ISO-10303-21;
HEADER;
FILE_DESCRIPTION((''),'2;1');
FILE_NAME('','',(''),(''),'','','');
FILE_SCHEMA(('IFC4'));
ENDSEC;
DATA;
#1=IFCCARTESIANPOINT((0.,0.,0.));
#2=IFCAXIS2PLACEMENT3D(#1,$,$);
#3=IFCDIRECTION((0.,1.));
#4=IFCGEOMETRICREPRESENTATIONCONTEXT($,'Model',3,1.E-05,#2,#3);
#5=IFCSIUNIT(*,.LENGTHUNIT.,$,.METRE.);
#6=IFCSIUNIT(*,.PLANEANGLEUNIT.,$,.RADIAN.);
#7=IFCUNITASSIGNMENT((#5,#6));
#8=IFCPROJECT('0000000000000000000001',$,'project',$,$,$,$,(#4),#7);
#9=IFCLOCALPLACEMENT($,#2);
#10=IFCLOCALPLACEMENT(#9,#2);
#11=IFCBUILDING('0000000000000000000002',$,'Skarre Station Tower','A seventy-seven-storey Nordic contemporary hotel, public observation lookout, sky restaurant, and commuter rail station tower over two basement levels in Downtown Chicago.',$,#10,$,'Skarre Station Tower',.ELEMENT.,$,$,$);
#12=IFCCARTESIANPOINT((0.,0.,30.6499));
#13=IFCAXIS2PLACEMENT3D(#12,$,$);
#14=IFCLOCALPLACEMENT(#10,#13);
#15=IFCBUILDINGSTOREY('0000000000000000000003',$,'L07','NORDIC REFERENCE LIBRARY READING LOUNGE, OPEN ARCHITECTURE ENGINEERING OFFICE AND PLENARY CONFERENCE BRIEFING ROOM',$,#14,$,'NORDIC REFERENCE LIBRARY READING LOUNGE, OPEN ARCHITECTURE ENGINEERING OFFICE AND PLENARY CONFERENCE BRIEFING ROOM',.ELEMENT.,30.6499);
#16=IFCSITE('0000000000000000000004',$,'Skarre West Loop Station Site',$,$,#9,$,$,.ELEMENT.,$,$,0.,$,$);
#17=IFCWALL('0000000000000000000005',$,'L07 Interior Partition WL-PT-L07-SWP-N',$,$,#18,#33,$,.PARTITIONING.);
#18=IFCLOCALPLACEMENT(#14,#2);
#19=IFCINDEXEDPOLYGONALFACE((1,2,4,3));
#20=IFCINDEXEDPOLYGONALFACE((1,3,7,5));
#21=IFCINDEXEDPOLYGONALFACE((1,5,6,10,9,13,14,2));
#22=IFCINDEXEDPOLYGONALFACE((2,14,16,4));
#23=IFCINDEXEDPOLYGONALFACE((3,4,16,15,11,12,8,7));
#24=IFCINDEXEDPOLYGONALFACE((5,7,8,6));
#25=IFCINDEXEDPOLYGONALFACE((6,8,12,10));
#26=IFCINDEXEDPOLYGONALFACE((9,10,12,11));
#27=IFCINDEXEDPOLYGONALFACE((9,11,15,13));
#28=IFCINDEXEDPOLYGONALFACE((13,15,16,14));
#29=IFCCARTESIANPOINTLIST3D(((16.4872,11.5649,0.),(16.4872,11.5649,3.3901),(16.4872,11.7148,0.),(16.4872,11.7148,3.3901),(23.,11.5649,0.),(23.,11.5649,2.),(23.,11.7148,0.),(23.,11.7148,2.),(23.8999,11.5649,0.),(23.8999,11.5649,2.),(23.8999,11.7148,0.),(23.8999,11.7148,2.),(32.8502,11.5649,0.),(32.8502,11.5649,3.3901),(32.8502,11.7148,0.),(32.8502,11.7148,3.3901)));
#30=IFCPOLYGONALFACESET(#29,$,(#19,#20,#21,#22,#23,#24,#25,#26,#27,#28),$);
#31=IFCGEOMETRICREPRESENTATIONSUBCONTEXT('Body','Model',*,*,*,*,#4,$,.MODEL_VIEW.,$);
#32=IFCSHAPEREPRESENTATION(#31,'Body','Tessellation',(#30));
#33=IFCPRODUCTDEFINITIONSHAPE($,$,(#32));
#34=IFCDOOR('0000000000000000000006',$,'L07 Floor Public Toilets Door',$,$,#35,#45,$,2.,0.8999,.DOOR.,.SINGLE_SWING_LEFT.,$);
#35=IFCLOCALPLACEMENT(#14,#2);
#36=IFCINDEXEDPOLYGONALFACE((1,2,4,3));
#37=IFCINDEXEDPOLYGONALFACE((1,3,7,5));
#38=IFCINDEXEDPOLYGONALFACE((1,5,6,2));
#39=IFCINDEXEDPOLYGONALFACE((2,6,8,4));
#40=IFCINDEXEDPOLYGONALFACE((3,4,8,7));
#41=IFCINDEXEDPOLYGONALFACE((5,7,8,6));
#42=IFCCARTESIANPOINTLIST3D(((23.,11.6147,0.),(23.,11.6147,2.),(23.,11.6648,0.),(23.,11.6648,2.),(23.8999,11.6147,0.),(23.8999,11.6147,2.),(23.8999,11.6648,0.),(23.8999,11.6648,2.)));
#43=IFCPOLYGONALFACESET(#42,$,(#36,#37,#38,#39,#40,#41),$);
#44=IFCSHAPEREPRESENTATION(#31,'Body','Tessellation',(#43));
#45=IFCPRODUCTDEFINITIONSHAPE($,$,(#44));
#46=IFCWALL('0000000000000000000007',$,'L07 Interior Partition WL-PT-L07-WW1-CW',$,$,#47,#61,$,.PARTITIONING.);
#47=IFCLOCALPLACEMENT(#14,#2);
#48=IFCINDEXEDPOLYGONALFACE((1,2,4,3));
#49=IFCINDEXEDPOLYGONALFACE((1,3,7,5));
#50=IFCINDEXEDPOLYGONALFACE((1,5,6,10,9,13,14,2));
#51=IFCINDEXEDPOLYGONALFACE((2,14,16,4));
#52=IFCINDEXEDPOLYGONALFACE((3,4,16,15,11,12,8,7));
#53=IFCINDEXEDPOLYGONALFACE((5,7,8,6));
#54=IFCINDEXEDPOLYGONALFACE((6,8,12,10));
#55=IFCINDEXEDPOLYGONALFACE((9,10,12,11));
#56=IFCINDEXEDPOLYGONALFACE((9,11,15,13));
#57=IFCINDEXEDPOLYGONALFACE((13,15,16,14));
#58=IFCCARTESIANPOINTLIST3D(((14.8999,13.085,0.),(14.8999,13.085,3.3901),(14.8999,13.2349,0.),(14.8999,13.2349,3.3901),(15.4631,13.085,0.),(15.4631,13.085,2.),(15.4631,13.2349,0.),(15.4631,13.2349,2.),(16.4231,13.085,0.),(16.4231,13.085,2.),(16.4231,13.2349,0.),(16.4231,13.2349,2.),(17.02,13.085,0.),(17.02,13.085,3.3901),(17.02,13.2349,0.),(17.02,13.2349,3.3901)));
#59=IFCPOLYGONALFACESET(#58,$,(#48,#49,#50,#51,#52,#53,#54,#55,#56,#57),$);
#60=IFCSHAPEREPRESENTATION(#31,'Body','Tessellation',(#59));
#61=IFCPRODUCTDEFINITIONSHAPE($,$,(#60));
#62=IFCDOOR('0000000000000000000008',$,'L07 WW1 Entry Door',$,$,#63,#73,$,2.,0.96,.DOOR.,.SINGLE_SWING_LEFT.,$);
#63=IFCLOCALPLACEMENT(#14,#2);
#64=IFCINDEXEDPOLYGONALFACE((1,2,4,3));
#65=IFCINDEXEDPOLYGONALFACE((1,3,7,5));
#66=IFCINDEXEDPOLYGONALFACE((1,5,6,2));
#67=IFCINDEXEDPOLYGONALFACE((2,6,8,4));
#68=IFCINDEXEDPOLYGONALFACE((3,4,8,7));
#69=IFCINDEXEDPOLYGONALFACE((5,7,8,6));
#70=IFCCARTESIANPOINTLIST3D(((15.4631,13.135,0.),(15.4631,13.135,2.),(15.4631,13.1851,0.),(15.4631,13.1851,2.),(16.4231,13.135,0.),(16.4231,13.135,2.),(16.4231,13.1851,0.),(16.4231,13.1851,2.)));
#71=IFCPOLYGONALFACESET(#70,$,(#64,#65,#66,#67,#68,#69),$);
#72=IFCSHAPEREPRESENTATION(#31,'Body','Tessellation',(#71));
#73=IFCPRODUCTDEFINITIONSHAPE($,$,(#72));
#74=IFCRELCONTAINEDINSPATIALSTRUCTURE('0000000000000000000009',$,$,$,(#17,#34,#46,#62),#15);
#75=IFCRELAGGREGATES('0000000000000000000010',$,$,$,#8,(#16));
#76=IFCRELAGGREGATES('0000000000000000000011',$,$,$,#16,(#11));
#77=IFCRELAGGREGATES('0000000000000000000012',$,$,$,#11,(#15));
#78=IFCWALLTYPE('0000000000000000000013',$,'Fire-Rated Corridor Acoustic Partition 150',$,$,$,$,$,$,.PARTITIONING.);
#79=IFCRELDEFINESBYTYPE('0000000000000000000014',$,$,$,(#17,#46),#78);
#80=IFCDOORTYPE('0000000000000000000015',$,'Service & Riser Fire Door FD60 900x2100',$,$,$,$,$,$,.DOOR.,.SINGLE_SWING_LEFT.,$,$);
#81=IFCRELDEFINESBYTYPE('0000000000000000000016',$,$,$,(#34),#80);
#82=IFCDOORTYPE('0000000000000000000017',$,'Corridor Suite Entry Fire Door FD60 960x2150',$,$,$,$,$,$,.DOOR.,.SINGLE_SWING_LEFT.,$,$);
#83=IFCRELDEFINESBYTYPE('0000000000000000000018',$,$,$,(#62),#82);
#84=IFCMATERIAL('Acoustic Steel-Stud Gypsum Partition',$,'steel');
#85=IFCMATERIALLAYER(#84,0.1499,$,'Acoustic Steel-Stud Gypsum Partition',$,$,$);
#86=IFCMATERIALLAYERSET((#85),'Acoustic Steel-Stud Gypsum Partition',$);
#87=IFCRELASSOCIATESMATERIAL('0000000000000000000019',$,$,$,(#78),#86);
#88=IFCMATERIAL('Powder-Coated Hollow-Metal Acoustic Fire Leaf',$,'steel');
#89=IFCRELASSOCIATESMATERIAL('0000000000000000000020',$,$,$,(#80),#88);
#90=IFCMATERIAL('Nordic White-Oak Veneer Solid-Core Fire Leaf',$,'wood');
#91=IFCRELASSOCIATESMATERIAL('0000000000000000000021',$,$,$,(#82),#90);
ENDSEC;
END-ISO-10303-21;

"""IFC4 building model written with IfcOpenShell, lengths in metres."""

from ifc_helpers import new_model, si_unit, direction, frame, frame_2d, origin, place, context, subcontext, project, spatial, rectangle, extrude, material, layer, layer_set, type_object, element, fill, save


model = new_model("IFC4")

# Units and contexts
model_context = context("Model", 3, precision=1e-05, world=origin(), true_north=direction((0.0, 1.0)))
body_context = subcontext(model_context, "Body", "Model", "MODEL_VIEW")
ifc_project = project(units=[si_unit("LENGTHUNIT", "METRE"), si_unit("PLANEANGLEUNIT", "RADIAN")], contexts=[model_context])

# Site, building, storey
site_placement = place(None, origin())
site = spatial("IfcSite", under=ifc_project, at=site_placement, Name="Skarre West Loop Station Site", CompositionType="ELEMENT", RefElevation=0.0)
building_placement = place(site_placement, origin())
building = spatial("IfcBuilding", under=site, at=building_placement, Name="Skarre Station Tower", Description="A seventy-seven-storey Nordic contemporary hotel, public observation lookout, sky restaurant, and commuter rail station tower over two basement levels in Downtown Chicago.", LongName="Skarre Station Tower", CompositionType="ELEMENT")
storey_placement = place(building_placement, frame((0.0, 0.0, 30.6499)))
storey = spatial("IfcBuildingStorey", under=building, at=storey_placement, Name="L07", Description="NORDIC REFERENCE LIBRARY READING LOUNGE, OPEN ARCHITECTURE ENGINEERING OFFICE AND PLENARY CONFERENCE BRIEFING ROOM", LongName="NORDIC REFERENCE LIBRARY READING LOUNGE, OPEN ARCHITECTURE ENGINEERING OFFICE AND PLENARY CONFERENCE BRIEFING ROOM", CompositionType="ELEMENT", Elevation=30.6499)

# Shared definitions
ifc_material_1 = material(Name="Acoustic Steel-Stud Gypsum Partition", Category="steel")
ifc_layer_1 = layer(ifc_material_1, 0.1499, Name="Acoustic Steel-Stud Gypsum Partition")
ifc_layer_set_1 = layer_set([ifc_layer_1], Name="Acoustic Steel-Stud Gypsum Partition")
wall_type_1 = type_object("IfcWallType", Name="Fire-Rated Corridor Acoustic Partition 150", PredefinedType="PARTITIONING", material=ifc_layer_set_1)

# Walls, openings, doors
wall_1_placement = place(storey_placement, frame((16.4871, 11.6399, 0.0), z_axis=(0.0, 0.0, 1.0), x_axis=(1.0, 0.0, 0.0)))
wall_1 = element("IfcWall", 1, at=wall_1_placement, inside=storey, type_object=wall_type_1, Name="L07 Interior Partition WL-PT-L07-SWP-N", PredefinedType="PARTITIONING", context=body_context, shape_type="SweptSolid", body=[
    extrude(rectangle(XDim=16.363, YDim=0.1499, at=frame_2d((8.1816, 0.0))), origin(), (0.0, 0.0, 1.0), 3.3901),
])
opening_1_placement = place(wall_1_placement, frame((6.5129, 0.0, 0.0)))
opening_1 = element("IfcOpeningElement", 2, at=opening_1_placement, cuts=wall_1, PredefinedType="OPENING", context=body_context, shape_type="SweptSolid", body=[
    extrude(rectangle(XDim=0.8999, YDim=2.0, at=frame_2d((0.45, 1.0))), frame((0.0, 0.085, 0.0), z_axis=(0.0, -1.0, 0.0), x_axis=(1.0, 0.0, 0.0)), (0.0, 0.0, 1.0), 0.1699),
])
ifc_material_2 = material(Name="Powder-Coated Hollow-Metal Acoustic Fire Leaf", Category="steel")
door_type_1 = type_object("IfcDoorType", Name="Service & Riser Fire Door FD60 900x2100", OperationType="SINGLE_SWING_LEFT", PredefinedType="DOOR", material=ifc_material_2)
door_1_placement = place(opening_1_placement, origin())
door_1 = element("IfcDoor", 3, at=door_1_placement, inside=storey, type_object=door_type_1, Name="L07 Floor Public Toilets Door", OperationType="SINGLE_SWING_LEFT", OverallHeight=2.0, OverallWidth=0.8999, PredefinedType="DOOR", context=body_context, shape_type="SweptSolid", body=[
    extrude(rectangle(XDim=0.8999, YDim=2.0, at=frame_2d((0.45, 1.0))), frame((0.0, 0.0249, 0.0), z_axis=(0.0, -1.0, 0.0), x_axis=(1.0, 0.0, 0.0)), (0.0, 0.0, 1.0), 0.05),
])
fill(opening_1, door_1)
wall_2_placement = place(storey_placement, frame((17.02, 13.1599, 0.0), z_axis=(0.0, 0.0, 1.0), x_axis=(-1.0, 0.0, 0.0)))
wall_2 = element("IfcWall", 4, at=wall_2_placement, inside=storey, type_object=wall_type_1, Name="L07 Interior Partition WL-PT-L07-WW1-CW", PredefinedType="PARTITIONING", context=body_context, shape_type="SweptSolid", body=[
    extrude(rectangle(XDim=2.1201, YDim=0.1499, at=frame_2d((1.0601, 0.0))), origin(), (0.0, 0.0, 1.0), 3.3901),
])
opening_2_placement = place(wall_2_placement, frame((0.5969, 0.0, 0.0)))
opening_2 = element("IfcOpeningElement", 5, at=opening_2_placement, cuts=wall_2, PredefinedType="OPENING", context=body_context, shape_type="SweptSolid", body=[
    extrude(rectangle(XDim=0.96, YDim=2.0, at=frame_2d((0.48, 1.0))), frame((0.0, 0.085, 0.0), z_axis=(0.0, -1.0, 0.0), x_axis=(1.0, 0.0, 0.0)), (0.0, 0.0, 1.0), 0.1699),
])
ifc_material_3 = material(Name="Nordic White-Oak Veneer Solid-Core Fire Leaf", Category="wood")
door_type_2 = type_object("IfcDoorType", Name="Corridor Suite Entry Fire Door FD60 960x2150", OperationType="SINGLE_SWING_LEFT", PredefinedType="DOOR", material=ifc_material_3)
door_2_placement = place(opening_2_placement, origin())
door_2 = element("IfcDoor", 6, at=door_2_placement, inside=storey, type_object=door_type_2, Name="L07 WW1 Entry Door", OperationType="SINGLE_SWING_LEFT", OverallHeight=2.0, OverallWidth=0.96, PredefinedType="DOOR", context=body_context, shape_type="SweptSolid", body=[
    extrude(rectangle(XDim=0.96, YDim=2.0, at=frame_2d((0.48, 1.0))), frame((0.0, 0.0249, 0.0), z_axis=(0.0, -1.0, 0.0), x_axis=(1.0, 0.0, 0.0)), (0.0, 0.0, 1.0), 0.05),
])
fill(opening_2, door_2)

save(model, "model.ifc")
